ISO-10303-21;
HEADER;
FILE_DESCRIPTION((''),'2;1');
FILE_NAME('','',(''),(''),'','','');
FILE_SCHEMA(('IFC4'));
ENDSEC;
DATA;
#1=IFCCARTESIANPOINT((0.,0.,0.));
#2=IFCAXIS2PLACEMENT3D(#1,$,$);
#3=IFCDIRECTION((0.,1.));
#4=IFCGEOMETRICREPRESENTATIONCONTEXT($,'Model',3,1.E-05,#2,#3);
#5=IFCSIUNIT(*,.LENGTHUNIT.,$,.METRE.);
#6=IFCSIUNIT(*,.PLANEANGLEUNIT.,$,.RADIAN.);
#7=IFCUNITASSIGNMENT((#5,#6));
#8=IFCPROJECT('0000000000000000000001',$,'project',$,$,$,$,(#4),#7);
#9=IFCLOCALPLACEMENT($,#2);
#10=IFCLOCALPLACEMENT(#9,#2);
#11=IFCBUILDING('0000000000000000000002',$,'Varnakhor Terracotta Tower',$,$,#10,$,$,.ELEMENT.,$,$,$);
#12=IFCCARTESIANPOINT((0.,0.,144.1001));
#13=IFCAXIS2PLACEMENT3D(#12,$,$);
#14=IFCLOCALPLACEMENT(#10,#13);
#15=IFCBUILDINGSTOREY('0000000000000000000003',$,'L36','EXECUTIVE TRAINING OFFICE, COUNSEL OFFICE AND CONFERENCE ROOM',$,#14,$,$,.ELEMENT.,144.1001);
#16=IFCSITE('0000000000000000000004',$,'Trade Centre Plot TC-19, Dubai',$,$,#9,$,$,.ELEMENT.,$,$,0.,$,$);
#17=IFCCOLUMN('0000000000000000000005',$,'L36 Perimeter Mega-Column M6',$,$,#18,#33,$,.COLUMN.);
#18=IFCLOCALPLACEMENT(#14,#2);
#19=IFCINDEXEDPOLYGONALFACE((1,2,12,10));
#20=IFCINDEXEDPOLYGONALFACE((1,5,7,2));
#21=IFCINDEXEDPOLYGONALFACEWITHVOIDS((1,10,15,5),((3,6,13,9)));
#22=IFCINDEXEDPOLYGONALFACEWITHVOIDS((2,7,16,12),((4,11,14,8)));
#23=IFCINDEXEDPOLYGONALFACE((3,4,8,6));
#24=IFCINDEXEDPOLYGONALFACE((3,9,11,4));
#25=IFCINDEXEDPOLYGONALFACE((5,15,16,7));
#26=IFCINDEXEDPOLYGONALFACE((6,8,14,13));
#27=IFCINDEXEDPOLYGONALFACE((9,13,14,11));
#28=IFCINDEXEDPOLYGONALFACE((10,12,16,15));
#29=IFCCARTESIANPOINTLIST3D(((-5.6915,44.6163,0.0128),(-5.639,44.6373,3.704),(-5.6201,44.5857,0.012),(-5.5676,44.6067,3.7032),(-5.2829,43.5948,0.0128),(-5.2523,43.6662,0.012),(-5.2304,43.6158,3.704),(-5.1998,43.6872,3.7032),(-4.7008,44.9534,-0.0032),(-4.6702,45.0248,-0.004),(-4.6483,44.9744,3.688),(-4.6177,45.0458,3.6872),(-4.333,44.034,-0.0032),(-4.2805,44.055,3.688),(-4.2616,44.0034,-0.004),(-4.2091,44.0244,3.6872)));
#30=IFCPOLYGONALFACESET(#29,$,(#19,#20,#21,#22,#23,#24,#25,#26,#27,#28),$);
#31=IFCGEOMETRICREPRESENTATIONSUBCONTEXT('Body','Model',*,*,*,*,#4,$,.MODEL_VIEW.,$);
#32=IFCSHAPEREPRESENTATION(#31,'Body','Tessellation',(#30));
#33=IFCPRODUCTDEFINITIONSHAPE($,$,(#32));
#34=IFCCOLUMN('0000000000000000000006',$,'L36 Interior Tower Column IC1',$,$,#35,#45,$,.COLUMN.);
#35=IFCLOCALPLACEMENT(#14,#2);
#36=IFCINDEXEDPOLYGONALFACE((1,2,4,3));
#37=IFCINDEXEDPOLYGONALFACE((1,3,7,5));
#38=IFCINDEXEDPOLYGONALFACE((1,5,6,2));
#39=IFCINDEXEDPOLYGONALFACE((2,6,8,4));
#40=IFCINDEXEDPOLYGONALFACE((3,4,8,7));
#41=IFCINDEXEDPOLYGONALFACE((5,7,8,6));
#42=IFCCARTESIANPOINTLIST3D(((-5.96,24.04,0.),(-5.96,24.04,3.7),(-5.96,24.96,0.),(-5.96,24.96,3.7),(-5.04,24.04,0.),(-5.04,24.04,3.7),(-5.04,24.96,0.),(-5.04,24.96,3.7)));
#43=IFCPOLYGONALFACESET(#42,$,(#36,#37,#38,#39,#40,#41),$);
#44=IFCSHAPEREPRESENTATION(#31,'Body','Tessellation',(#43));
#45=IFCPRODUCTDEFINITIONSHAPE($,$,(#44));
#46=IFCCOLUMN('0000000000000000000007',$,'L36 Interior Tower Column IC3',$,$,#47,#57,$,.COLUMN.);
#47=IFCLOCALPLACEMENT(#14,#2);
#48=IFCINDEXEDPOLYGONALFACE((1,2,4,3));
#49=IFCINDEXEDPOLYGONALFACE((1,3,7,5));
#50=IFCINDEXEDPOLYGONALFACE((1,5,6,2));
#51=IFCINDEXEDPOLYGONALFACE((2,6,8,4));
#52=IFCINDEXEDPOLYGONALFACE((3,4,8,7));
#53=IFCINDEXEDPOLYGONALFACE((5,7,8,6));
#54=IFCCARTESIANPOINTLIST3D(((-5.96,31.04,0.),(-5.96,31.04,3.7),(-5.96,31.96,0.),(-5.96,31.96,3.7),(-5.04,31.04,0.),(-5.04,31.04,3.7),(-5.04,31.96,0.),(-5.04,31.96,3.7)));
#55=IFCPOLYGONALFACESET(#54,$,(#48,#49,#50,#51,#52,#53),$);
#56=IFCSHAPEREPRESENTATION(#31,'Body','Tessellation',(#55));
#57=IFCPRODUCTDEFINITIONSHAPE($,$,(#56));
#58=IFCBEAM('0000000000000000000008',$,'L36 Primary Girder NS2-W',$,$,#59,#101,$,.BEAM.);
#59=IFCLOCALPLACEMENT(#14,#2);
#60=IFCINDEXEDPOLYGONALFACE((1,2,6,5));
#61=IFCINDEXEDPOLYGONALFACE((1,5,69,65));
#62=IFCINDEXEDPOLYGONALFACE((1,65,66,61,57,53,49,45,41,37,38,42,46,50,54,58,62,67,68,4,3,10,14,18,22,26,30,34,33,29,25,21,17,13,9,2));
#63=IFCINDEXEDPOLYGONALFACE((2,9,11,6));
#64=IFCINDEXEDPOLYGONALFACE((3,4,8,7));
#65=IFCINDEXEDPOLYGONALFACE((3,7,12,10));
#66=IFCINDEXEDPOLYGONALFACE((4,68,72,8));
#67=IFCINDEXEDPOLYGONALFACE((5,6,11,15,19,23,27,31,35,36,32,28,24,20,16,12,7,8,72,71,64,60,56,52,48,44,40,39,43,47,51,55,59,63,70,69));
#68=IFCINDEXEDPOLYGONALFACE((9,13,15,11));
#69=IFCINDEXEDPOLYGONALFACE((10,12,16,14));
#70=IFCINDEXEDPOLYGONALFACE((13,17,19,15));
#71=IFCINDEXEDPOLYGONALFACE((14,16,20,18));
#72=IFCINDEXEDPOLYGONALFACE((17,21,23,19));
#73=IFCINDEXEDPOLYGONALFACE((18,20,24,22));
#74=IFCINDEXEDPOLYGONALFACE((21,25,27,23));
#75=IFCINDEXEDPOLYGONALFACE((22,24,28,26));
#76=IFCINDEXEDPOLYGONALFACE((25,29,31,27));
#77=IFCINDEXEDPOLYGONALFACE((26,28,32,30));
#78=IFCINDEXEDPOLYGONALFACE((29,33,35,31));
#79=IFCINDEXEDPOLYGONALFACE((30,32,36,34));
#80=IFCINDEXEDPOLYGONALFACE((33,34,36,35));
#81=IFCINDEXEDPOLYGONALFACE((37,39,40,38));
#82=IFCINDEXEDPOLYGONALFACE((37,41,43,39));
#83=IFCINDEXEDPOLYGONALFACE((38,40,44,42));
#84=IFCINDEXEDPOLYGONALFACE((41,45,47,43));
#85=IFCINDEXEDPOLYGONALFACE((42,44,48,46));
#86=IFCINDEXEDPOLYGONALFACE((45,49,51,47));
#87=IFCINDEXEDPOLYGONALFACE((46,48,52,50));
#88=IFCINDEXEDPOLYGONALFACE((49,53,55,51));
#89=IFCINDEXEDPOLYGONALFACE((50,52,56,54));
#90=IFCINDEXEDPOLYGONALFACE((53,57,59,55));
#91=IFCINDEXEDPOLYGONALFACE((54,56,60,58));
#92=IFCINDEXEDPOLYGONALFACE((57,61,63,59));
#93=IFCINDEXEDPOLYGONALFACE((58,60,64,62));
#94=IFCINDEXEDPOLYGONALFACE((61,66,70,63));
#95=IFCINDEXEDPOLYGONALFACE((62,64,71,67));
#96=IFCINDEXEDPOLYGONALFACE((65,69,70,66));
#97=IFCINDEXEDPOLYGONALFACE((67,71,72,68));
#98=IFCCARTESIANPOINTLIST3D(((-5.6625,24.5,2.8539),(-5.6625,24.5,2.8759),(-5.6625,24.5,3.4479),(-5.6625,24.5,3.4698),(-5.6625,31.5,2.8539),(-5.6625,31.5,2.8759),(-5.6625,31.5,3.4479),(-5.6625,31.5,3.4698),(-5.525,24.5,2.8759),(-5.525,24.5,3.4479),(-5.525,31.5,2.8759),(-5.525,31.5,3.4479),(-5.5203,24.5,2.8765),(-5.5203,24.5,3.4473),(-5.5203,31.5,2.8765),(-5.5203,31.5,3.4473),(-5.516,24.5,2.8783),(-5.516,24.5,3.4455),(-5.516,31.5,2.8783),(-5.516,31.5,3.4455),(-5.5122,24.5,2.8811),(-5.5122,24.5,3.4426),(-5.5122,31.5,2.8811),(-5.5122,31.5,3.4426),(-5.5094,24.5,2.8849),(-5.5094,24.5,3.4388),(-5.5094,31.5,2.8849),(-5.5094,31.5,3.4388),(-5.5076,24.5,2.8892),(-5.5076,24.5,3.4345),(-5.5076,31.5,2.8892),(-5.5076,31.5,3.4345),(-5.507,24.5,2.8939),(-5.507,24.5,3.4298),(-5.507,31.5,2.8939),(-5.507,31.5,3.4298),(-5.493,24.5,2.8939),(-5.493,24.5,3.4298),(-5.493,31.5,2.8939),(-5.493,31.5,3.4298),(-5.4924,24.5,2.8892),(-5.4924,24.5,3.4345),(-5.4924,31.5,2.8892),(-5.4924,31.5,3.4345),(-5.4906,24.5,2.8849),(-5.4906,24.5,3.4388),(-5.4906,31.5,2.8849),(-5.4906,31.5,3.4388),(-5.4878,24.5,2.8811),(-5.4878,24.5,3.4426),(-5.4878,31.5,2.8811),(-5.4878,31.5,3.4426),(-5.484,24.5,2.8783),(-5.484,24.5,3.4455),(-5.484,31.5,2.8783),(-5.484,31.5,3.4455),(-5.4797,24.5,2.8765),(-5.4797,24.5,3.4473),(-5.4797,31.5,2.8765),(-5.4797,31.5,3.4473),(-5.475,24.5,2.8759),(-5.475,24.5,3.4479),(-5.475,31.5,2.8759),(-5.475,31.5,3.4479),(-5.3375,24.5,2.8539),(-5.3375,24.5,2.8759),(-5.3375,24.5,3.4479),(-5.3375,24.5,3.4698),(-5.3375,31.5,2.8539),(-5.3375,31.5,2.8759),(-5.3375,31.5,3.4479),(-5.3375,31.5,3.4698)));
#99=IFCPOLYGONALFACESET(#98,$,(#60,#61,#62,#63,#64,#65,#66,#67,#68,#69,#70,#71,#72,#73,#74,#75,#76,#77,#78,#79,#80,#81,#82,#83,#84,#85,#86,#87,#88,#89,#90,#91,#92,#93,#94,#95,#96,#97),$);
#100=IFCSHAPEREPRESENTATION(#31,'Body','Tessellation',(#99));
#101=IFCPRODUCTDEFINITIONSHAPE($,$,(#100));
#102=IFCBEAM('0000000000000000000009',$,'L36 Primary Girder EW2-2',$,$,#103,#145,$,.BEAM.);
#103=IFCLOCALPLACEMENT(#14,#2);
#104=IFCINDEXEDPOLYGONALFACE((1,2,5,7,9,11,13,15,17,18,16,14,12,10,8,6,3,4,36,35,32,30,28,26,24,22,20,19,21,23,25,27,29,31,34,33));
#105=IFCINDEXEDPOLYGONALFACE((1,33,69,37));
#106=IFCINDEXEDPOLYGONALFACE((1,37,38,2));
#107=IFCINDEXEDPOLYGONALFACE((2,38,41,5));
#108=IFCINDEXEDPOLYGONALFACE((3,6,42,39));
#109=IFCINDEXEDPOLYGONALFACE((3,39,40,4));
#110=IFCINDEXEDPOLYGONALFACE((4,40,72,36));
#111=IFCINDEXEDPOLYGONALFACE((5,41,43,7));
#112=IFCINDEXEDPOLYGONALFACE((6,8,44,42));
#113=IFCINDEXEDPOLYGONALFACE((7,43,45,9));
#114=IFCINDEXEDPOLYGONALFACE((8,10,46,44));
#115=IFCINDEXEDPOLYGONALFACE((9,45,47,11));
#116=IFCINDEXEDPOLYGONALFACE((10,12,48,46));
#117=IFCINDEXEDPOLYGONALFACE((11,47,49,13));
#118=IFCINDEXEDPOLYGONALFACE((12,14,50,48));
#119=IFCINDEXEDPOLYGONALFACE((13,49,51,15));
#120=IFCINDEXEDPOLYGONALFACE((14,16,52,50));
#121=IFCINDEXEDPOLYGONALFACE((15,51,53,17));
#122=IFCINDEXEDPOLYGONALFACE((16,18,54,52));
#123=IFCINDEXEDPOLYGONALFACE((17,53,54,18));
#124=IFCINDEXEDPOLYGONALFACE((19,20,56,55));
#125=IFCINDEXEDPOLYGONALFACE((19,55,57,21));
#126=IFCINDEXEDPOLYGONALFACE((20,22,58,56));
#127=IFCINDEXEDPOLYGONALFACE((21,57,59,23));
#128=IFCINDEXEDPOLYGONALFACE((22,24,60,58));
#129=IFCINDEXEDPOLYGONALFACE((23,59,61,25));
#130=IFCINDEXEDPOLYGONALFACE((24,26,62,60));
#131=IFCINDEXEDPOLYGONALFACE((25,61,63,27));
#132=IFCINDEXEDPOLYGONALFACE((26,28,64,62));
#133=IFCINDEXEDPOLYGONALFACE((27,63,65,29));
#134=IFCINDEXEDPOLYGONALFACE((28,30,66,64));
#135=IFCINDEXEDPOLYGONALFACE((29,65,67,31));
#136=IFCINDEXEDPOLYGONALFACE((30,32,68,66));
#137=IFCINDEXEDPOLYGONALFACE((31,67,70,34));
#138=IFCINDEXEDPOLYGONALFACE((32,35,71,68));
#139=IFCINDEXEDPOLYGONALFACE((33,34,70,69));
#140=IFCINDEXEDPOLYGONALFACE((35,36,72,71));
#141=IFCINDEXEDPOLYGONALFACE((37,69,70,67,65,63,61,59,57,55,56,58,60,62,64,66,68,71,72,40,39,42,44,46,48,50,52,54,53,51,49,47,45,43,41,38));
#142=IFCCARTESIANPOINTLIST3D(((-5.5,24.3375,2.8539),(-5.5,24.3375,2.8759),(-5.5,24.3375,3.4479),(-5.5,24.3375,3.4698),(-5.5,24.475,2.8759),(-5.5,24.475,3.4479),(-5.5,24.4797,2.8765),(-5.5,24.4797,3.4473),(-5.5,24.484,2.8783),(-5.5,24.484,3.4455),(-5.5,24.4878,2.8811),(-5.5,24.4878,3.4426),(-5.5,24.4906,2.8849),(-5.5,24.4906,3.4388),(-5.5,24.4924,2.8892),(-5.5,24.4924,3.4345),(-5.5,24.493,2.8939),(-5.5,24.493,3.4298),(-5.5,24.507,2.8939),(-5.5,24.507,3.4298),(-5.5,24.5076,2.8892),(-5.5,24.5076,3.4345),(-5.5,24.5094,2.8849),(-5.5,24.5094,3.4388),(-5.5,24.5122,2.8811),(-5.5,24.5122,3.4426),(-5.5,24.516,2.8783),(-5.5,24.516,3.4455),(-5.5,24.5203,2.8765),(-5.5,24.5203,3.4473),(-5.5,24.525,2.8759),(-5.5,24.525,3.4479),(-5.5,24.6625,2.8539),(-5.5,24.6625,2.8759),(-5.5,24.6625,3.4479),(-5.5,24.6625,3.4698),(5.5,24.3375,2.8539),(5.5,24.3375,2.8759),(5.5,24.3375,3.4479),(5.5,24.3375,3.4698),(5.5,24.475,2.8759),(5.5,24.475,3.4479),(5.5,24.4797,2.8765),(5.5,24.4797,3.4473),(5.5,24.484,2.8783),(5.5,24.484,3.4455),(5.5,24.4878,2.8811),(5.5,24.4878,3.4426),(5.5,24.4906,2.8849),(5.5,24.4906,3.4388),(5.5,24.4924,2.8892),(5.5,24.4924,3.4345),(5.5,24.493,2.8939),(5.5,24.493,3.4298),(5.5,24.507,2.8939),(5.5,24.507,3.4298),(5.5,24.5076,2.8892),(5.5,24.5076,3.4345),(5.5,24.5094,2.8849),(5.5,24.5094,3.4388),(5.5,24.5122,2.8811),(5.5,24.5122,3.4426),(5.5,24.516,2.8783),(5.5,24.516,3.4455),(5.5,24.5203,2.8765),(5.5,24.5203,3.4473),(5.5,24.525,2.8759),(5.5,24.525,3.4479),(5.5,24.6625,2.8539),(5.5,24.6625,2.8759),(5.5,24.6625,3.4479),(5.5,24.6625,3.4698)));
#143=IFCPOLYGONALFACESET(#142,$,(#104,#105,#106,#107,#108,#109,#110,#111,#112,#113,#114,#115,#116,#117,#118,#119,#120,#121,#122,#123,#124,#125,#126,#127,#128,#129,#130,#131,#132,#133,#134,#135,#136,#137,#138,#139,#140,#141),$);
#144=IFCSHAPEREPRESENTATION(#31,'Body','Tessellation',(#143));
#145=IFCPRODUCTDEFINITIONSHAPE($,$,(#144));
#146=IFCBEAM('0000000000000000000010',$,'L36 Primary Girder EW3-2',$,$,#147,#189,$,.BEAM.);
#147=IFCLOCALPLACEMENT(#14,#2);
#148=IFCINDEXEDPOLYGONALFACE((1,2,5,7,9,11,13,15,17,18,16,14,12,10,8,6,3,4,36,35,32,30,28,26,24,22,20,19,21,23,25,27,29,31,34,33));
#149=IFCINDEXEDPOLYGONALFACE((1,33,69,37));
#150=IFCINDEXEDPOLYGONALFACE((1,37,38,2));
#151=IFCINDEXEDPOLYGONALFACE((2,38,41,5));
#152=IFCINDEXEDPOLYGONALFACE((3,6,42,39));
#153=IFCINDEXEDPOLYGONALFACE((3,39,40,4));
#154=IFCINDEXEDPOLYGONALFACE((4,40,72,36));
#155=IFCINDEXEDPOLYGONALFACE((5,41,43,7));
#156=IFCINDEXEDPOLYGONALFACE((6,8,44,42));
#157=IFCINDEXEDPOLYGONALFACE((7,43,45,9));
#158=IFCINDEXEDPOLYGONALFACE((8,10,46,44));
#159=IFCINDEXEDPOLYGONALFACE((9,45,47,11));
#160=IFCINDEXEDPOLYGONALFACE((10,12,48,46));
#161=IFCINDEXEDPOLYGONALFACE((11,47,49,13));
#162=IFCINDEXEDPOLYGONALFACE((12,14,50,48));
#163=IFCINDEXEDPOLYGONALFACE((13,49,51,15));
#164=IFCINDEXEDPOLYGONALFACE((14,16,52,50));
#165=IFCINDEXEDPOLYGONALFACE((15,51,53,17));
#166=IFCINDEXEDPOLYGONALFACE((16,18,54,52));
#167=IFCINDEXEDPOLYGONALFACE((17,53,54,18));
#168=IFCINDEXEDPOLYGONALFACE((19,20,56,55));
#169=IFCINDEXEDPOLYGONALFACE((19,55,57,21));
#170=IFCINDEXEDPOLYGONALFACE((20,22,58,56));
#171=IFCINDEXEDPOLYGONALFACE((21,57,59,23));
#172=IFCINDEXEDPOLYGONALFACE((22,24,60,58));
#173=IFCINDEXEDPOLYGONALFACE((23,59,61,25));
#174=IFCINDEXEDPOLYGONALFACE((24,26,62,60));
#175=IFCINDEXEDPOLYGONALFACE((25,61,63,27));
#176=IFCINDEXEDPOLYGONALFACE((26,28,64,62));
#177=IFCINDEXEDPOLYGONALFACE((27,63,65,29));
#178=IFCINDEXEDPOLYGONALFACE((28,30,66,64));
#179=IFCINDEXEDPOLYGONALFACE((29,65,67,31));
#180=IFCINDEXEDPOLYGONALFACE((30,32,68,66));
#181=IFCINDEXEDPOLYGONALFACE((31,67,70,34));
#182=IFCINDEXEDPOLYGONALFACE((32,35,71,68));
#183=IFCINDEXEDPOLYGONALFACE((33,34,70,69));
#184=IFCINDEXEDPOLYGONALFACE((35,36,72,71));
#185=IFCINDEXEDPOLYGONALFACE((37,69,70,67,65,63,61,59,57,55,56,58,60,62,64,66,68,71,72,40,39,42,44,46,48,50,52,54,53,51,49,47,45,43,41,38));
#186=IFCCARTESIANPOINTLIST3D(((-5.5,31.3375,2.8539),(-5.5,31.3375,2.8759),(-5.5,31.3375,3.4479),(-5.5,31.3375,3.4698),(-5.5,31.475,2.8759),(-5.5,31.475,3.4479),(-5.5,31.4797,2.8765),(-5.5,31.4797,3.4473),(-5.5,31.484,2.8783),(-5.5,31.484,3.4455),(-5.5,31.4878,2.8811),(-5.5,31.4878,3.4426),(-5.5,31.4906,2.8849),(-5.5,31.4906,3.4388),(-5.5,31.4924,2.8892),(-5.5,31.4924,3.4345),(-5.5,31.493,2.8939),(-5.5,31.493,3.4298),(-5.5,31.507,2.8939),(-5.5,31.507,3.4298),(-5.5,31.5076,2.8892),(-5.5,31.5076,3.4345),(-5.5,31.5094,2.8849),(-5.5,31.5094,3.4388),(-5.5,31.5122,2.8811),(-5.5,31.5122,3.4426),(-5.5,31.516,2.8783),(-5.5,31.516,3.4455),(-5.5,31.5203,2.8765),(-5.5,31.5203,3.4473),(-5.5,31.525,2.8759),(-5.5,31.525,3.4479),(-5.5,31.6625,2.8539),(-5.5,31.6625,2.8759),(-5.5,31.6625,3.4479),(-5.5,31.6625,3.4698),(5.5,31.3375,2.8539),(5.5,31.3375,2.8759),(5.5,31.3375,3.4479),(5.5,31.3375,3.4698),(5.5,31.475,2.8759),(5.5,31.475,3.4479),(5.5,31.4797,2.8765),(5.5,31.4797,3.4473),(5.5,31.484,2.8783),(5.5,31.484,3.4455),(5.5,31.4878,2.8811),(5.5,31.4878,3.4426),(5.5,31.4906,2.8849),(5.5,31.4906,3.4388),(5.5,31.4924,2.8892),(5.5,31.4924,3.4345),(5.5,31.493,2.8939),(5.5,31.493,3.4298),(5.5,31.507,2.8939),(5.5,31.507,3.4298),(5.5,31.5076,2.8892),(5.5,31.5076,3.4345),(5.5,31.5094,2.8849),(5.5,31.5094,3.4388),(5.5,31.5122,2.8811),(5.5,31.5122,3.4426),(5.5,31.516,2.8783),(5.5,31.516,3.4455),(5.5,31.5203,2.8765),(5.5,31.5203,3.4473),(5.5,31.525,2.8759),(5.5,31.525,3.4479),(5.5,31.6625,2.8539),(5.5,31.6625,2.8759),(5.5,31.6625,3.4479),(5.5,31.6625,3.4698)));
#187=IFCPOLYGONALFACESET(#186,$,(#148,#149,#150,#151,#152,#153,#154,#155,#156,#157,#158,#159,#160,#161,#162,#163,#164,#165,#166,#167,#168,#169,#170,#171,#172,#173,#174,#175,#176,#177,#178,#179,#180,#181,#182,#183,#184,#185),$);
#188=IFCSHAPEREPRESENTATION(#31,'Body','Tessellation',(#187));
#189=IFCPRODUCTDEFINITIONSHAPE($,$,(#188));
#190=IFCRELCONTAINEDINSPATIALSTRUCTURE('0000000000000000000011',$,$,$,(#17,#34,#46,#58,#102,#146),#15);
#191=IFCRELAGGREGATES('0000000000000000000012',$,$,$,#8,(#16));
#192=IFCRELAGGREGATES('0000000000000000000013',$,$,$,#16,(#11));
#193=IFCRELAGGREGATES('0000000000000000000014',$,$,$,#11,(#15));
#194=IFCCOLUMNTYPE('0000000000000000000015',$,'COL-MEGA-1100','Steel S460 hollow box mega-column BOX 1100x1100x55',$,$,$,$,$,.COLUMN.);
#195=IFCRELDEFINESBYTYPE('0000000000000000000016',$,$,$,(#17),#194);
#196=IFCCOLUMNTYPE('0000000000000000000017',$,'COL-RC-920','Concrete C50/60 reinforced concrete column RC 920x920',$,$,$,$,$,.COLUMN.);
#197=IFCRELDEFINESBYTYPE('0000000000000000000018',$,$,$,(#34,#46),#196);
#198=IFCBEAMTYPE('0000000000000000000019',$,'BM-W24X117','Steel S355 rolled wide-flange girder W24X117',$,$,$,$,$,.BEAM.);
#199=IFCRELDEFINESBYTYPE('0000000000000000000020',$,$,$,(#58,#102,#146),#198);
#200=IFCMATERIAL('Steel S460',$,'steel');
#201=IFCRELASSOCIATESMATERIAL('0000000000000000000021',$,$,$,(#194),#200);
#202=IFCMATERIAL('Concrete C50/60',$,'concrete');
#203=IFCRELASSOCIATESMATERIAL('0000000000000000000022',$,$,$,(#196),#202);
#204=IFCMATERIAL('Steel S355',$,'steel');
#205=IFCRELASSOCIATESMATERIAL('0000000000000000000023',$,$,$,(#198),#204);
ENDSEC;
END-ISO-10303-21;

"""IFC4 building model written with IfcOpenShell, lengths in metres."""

from ifc_helpers import new_model, si_unit, direction, frame, origin, origin_2d, place, context, subcontext, project, spatial, rectangle, hollow_rectangle, i_section, extrude, source, transform, mapped, material, material_profile, profile_set, type_object, element, save


model = new_model("IFC4")

# Units and contexts
model_context = context("Model", 3, precision=1e-05, world=origin(), true_north=direction((0.0, 1.0)))
body_context = subcontext(model_context, "Body", "Model", "MODEL_VIEW")
ifc_project = project(units=[si_unit("LENGTHUNIT", "METRE"), si_unit("PLANEANGLEUNIT", "RADIAN")], contexts=[model_context])

# Site, building, storey
site_placement = place(None, origin())
site = spatial("IfcSite", under=ifc_project, at=site_placement, Name="Trade Centre Plot TC-19, Dubai", CompositionType="ELEMENT", RefElevation=0.0)
building_placement = place(site_placement, origin())
building = spatial("IfcBuilding", under=site, at=building_placement, Name="Varnakhor Terracotta Tower", CompositionType="ELEMENT")
storey_placement = place(building_placement, frame((0.0, 0.0, 144.1001)))
storey = spatial("IfcBuildingStorey", under=building, at=storey_placement, Name="L36", Description="EXECUTIVE TRAINING OFFICE, COUNSEL OFFICE AND CONFERENCE ROOM", CompositionType="ELEMENT", Elevation=144.1001)

# Columns
ifc_material_1 = material(Name="Steel S460", Category="steel")
ifc_material_profile_1 = material_profile(ifc_material_1, hollow_rectangle(XDim=1.1001, YDim=1.1001, WallThickness=0.0549, at=origin_2d()), Name="BOX 1100x1100x55")
ifc_profile_set_1 = profile_set([ifc_material_profile_1], Name="Steel S460")
column_type_1 = type_object("IfcColumnType", Name="COL-MEGA-1100", Description="Steel S460 hollow box mega-column BOX 1100x1100x55", PredefinedType="COLUMN", material=ifc_profile_set_1)
shared_shape_1 = source(origin(), body_context, "Body", "SweptSolid", [
    extrude(hollow_rectangle(XDim=1.1001, YDim=1.1001, WallThickness=0.0549, at=origin_2d()), origin(), (0.0, 0.0, 1.0), 3.6917),
])
column_placement = place(storey_placement, frame((-4.9766, 44.3098, 0.0044), z_axis=(0.014219, 0.005688, 0.999883), x_axis=(-0.371391, 0.928477, 0.0)))
element("IfcColumn", 1, at=column_placement, inside=storey, type_object=column_type_1, Name="L36 Perimeter Mega-Column M6", PredefinedType="COLUMN", context=body_context, shape_type="MappedRepresentation", body=[
    mapped(shared_shape_1, transform((0.0, 0.0, 0.0), scale=1.0)),
])
ifc_material_2 = material(Name="Concrete C50/60", Category="concrete")
ifc_material_profile_2 = material_profile(ifc_material_2, rectangle(XDim=0.9199, YDim=0.9199, at=origin_2d()), Name="RC 920x920")
ifc_profile_set_2 = profile_set([ifc_material_profile_2], Name="Concrete C50/60")
column_type_2 = type_object("IfcColumnType", Name="COL-RC-920", Description="Concrete C50/60 reinforced concrete column RC 920x920", PredefinedType="COLUMN", material=ifc_profile_set_2)
shared_shape_2 = source(origin(), body_context, "Body", "SweptSolid", [
    extrude(rectangle(XDim=0.9199, YDim=0.9199, at=origin_2d()), origin(), (0.0, 0.0, 1.0), 3.7),
])
for number, where, z_axis, x_axis, name in (
    (2, (-5.5, 24.5, 0.0), (0.0, 0.0, 1.0), (1.0, 0.0, 0.0), "L36 Interior Tower Column IC1"),
    (3, (-5.5, 31.5, 0.0), (0.0, 0.0, 1.0), (1.0, 0.0, 0.0), "L36 Interior Tower Column IC3"),
):
    element("IfcColumn", number, at=place(storey_placement, frame(where, z_axis=z_axis, x_axis=x_axis)), inside=storey, type_object=column_type_2, Name=name, PredefinedType="COLUMN", context=body_context, shape_type="MappedRepresentation", body=[
        mapped(shared_shape_2, transform((0.0, 0.0, 0.0), scale=1.0)),
    ])

# Beams
ifc_material_3 = material(Name="Steel S355", Category="steel")
ifc_material_profile_3 = material_profile(ifc_material_3, i_section(OverallWidth=0.325, OverallDepth=0.616, WebThickness=0.0139, FlangeThickness=0.022, FilletRadius=0.0181, at=origin_2d()), Name="W24X117")
ifc_profile_set_3 = profile_set([ifc_material_profile_3], Name="Steel S355")
beam_type_1 = type_object("IfcBeamType", Name="BM-W24X117", Description="Steel S355 rolled wide-flange girder W24X117", PredefinedType="BEAM", material=ifc_profile_set_3)
shared_shape_3 = source(origin(), body_context, "Body", "SweptSolid", [
    extrude(i_section(OverallWidth=0.325, OverallDepth=0.616, WebThickness=0.0139, FlangeThickness=0.022, FilletRadius=0.0181, at=origin_2d()), origin(), (0.0, 0.0, 1.0), 7.0),
])
beam_1_placement = place(storey_placement, frame((-5.5, 24.5, 3.1619), z_axis=(0.0, 1.0, 0.0), x_axis=(-1.0, 0.0, 0.0)))
element("IfcBeam", 4, at=beam_1_placement, inside=storey, type_object=beam_type_1, Name="L36 Primary Girder NS2-W", PredefinedType="BEAM", context=body_context, shape_type="MappedRepresentation", body=[
    mapped(shared_shape_3, transform((0.0, 0.0, 0.0), scale=1.0)),
])
shared_shape_4 = source(origin(), body_context, "Body", "SweptSolid", [
    extrude(i_section(OverallWidth=0.325, OverallDepth=0.616, WebThickness=0.0139, FlangeThickness=0.022, FilletRadius=0.0181, at=origin_2d()), origin(), (0.0, 0.0, 1.0), 11.0),
])
for number, where, z_axis, x_axis, name in (
    (5, (-5.5, 24.5, 3.1619), (1.0, 0.0, 0.0), (0.0, 1.0, 0.0), "L36 Primary Girder EW2-2"),
    (6, (-5.5, 31.5, 3.1619), (1.0, 0.0, 0.0), (0.0, 1.0, 0.0), "L36 Primary Girder EW3-2"),
):
    element("IfcBeam", number, at=place(storey_placement, frame(where, z_axis=z_axis, x_axis=x_axis)), inside=storey, type_object=beam_type_1, Name=name, PredefinedType="BEAM", context=body_context, shape_type="MappedRepresentation", body=[
        mapped(shared_shape_4, transform((0.0, 0.0, 0.0), scale=1.0)),
    ])

save(model, "model.ifc")
